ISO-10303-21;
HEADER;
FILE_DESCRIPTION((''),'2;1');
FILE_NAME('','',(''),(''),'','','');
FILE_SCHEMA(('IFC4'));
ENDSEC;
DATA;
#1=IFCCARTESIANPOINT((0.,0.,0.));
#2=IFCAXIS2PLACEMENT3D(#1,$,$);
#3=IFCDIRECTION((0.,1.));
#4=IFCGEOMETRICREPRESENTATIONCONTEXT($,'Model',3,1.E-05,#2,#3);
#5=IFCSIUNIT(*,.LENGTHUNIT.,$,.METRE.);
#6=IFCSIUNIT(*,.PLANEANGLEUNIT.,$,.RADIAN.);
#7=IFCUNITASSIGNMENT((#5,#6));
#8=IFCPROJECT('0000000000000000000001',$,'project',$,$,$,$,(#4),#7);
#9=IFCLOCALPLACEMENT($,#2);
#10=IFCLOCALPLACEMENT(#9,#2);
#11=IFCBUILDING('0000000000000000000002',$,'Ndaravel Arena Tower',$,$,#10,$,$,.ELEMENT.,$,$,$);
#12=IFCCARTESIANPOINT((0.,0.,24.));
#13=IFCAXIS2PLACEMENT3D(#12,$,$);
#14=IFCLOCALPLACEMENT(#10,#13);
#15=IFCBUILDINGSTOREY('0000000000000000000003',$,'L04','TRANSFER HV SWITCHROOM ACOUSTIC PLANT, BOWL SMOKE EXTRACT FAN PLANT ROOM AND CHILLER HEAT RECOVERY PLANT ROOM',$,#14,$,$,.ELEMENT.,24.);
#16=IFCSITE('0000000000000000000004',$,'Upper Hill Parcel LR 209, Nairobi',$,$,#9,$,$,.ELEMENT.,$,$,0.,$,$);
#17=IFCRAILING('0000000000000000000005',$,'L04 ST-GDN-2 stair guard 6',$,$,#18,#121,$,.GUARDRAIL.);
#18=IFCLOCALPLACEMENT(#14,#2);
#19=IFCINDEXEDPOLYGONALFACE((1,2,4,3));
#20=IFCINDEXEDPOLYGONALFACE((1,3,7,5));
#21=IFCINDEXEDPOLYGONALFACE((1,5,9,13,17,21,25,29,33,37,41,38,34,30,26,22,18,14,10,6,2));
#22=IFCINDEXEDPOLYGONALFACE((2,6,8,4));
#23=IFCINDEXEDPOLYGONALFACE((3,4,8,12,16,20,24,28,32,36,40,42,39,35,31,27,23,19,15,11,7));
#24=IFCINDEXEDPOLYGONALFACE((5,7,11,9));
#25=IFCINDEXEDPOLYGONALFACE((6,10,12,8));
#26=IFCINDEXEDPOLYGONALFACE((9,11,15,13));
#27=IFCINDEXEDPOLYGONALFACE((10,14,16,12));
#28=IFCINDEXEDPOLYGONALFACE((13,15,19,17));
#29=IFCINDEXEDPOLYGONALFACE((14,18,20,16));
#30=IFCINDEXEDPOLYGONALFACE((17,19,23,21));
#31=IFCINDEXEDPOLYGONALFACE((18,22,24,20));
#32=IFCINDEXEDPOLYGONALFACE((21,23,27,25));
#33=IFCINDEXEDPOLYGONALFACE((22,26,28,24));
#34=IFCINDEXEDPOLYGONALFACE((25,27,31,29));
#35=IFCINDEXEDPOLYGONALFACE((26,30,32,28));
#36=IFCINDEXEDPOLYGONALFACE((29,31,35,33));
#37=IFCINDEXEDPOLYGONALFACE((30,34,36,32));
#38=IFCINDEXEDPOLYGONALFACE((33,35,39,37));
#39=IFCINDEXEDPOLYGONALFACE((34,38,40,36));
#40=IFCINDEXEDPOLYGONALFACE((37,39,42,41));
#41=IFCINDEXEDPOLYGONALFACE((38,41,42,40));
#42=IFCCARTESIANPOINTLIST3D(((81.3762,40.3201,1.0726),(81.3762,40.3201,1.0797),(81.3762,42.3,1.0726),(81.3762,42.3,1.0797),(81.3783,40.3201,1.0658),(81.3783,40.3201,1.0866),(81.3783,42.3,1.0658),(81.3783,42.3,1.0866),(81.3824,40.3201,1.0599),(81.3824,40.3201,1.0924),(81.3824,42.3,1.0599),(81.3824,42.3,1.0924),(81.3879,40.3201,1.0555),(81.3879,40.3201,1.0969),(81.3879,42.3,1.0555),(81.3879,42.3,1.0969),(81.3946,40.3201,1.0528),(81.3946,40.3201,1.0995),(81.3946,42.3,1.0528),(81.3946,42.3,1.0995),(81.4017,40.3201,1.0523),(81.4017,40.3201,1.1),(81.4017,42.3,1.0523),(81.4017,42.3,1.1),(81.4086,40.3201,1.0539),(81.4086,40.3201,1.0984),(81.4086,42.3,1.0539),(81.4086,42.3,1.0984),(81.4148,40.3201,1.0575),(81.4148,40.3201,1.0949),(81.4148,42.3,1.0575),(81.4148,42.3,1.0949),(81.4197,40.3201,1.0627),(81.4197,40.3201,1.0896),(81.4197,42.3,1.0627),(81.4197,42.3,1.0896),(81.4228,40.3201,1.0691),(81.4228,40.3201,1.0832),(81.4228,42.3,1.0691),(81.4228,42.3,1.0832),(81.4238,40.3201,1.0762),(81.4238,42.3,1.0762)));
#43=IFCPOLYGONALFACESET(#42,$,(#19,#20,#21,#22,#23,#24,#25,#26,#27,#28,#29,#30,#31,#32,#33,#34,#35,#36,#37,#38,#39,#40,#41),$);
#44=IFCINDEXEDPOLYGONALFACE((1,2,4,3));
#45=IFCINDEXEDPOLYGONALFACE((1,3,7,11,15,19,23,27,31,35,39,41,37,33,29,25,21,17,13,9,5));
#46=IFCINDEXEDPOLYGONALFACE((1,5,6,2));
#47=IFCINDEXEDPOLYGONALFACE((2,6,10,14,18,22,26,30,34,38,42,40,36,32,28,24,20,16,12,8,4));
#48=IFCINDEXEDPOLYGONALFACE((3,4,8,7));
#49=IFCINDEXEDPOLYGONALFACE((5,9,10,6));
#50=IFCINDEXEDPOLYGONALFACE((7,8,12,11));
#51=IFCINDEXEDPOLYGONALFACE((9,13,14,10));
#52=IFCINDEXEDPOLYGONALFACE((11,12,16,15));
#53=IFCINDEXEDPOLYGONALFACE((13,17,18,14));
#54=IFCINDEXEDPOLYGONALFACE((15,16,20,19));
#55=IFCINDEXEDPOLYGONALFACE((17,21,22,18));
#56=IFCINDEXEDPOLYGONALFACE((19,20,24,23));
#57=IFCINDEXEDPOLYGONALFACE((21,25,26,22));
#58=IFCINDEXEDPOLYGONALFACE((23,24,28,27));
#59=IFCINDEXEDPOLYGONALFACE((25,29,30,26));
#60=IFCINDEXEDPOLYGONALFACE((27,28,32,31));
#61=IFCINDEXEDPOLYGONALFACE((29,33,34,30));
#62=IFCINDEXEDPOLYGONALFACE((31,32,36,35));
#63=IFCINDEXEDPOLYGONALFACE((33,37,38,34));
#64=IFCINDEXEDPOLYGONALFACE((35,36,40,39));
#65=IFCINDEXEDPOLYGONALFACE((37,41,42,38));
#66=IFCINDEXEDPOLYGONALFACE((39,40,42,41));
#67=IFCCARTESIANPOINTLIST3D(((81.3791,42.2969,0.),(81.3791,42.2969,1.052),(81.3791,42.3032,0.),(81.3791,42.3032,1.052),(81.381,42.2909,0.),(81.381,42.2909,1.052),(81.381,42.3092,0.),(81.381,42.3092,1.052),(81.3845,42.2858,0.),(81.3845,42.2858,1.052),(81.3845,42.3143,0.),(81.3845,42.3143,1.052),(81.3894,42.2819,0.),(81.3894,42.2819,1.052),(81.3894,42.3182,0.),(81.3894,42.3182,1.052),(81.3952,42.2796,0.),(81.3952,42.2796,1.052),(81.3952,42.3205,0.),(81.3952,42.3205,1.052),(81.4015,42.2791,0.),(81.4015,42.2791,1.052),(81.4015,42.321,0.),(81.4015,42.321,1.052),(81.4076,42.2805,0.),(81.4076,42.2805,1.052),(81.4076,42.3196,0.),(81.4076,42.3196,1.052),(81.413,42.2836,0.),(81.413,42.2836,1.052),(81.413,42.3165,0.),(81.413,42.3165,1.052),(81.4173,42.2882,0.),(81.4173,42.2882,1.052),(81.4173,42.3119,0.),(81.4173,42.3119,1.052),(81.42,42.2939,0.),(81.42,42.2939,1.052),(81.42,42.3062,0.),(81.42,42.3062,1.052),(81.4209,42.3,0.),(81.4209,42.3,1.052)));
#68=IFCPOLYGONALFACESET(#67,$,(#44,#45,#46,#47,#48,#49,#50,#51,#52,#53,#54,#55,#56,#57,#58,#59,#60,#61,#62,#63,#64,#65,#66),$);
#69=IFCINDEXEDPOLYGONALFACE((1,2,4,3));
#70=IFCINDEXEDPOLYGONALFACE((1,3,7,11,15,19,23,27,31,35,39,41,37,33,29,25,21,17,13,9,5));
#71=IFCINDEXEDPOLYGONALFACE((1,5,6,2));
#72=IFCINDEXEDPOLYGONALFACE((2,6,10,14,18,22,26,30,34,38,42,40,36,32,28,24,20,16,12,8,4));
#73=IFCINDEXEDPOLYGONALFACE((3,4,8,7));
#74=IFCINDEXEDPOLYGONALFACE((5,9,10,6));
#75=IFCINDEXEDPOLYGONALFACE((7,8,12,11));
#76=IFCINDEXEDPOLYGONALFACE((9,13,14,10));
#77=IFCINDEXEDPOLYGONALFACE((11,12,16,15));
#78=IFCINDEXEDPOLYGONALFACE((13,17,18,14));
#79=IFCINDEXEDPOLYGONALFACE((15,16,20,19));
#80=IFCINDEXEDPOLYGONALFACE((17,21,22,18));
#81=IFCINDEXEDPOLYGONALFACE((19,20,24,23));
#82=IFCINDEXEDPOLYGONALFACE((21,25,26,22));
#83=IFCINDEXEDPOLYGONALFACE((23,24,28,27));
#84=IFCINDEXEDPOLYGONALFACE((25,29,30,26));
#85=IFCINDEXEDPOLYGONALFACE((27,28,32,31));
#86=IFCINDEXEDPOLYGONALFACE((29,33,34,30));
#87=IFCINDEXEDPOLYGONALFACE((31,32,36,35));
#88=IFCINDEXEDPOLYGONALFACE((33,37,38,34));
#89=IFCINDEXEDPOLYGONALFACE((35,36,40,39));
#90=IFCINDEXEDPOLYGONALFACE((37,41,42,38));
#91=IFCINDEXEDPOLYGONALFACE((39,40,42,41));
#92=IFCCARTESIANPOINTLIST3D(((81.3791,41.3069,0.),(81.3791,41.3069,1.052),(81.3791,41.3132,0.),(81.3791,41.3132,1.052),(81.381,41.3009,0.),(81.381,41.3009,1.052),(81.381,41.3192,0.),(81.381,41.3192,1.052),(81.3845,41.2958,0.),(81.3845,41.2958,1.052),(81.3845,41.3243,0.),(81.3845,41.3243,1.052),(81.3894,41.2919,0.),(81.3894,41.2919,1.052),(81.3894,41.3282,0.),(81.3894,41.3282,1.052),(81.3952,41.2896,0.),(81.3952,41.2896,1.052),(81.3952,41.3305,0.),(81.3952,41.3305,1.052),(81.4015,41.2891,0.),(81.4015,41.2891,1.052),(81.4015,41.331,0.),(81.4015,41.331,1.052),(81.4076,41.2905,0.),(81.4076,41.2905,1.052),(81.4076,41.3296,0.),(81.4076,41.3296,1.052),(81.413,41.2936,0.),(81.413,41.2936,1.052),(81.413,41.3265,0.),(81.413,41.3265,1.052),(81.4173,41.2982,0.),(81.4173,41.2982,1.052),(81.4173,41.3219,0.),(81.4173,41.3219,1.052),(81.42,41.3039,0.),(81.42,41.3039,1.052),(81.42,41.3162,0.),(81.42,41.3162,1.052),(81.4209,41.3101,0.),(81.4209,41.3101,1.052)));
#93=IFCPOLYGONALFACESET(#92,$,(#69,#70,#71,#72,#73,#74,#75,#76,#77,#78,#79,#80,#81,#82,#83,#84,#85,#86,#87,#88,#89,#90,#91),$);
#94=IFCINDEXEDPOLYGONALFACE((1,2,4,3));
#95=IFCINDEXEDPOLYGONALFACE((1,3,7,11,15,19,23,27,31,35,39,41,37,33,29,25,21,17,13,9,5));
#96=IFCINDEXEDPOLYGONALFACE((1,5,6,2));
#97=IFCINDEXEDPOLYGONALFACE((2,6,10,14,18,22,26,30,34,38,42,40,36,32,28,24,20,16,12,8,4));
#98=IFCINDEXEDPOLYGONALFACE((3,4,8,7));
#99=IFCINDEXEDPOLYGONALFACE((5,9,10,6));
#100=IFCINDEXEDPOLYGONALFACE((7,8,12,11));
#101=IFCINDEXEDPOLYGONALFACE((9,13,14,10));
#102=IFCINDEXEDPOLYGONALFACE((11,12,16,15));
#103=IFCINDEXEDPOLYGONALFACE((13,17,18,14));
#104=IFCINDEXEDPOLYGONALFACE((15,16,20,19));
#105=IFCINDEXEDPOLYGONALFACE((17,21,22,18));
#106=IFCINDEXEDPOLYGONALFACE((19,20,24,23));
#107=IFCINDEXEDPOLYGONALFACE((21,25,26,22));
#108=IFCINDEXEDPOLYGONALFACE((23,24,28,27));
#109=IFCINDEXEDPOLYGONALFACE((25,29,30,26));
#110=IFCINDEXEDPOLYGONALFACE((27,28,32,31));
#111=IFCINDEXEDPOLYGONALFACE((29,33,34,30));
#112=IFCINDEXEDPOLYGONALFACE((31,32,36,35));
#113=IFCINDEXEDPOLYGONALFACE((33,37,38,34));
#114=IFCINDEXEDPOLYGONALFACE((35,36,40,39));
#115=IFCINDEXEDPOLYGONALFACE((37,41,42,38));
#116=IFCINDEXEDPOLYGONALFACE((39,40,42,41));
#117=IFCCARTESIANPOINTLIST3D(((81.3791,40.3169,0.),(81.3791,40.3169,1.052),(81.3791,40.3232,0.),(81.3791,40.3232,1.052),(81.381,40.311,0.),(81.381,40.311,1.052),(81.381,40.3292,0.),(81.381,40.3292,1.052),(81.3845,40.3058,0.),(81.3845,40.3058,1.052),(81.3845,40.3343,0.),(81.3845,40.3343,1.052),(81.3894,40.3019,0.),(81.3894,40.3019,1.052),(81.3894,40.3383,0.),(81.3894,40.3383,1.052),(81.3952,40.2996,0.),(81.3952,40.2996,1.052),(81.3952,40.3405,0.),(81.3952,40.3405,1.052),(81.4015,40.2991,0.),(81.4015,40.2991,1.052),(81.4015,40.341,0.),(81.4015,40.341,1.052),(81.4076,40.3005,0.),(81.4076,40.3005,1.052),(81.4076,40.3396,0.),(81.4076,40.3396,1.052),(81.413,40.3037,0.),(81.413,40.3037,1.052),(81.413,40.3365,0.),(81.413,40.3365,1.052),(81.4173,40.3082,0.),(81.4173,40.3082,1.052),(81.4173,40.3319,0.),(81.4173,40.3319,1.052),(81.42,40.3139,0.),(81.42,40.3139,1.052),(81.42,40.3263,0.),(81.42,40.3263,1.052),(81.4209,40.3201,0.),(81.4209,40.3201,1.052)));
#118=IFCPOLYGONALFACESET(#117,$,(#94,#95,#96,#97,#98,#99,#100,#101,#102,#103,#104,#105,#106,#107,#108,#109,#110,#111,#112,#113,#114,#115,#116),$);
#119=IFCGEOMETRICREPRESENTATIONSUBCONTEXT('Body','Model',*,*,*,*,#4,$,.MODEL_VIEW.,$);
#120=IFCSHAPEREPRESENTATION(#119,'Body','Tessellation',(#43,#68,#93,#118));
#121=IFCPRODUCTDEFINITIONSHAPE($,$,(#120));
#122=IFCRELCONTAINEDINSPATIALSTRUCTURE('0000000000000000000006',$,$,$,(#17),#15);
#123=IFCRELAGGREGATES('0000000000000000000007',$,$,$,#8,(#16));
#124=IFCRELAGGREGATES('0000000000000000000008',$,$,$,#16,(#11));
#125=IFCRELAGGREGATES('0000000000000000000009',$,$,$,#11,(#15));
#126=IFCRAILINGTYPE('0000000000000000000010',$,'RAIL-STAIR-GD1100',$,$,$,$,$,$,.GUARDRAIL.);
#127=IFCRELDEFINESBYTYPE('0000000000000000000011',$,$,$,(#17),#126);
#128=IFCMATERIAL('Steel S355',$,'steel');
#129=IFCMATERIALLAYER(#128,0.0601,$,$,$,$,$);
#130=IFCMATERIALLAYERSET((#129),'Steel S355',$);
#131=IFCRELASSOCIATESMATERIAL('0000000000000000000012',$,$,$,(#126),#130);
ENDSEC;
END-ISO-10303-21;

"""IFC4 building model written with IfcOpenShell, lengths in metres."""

from ifc_helpers import new_model, si_unit, direction, frame, origin, origin_2d, place, context, subcontext, project, spatial, circle, extrude, material, layer, layer_set, type_object, element, save


model = new_model("IFC4")

# Units and contexts
model_context = context("Model", 3, precision=1e-05, world=origin(), true_north=direction((0.0, 1.0)))
body_context = subcontext(model_context, "Body", "Model", "MODEL_VIEW")
ifc_project = project(units=[si_unit("LENGTHUNIT", "METRE"), si_unit("PLANEANGLEUNIT", "RADIAN")], contexts=[model_context])

# Site, building, storey
site_placement = place(None, origin())
site = spatial("IfcSite", under=ifc_project, at=site_placement, Name="Upper Hill Parcel LR 209, Nairobi", CompositionType="ELEMENT", RefElevation=0.0)
building_placement = place(site_placement, origin())
building = spatial("IfcBuilding", under=site, at=building_placement, Name="Ndaravel Arena Tower", CompositionType="ELEMENT")
storey_placement = place(building_placement, frame((0.0, 0.0, 24.0)))
storey = spatial("IfcBuildingStorey", under=building, at=storey_placement, Name="L04", Description="TRANSFER HV SWITCHROOM ACOUSTIC PLANT, BOWL SMOKE EXTRACT FAN PLANT ROOM AND CHILLER HEAT RECOVERY PLANT ROOM", CompositionType="ELEMENT", Elevation=24.0)

# Railing
ifc_material_1 = material(Name="Steel S355", Category="steel")
ifc_layer_1 = layer(ifc_material_1, 0.0601)
ifc_layer_set_1 = layer_set([ifc_layer_1], Name="Steel S355")
railing_type_1 = type_object("IfcRailingType", Name="RAIL-STAIR-GD1100", PredefinedType="GUARDRAIL", material=ifc_layer_set_1)
for number, where, name in (
    (1, (81.3999, 42.3, 0.0), "L04 ST-GDN-2 stair guard 6"),
):
    element("IfcRailing", number, at=place(storey_placement, frame(where)), inside=storey, type_object=railing_type_1, Name=name, PredefinedType="GUARDRAIL", context=body_context, shape_type="SweptSolid", body=[
        extrude(circle(Radius=0.0239, at=origin_2d()), frame((0.0, 0.0, 1.0762), z_axis=(0.0, -1.0, 0.0), x_axis=(1.0, 0.0, 0.0)), (0.0, 0.0, 1.0), 1.98),
        extrude(circle(Radius=0.021, at=origin_2d()), origin(), (0.0, 0.0, 1.0), 1.052),
        extrude(circle(Radius=0.021, at=origin_2d()), frame((0.0, -0.99, 0.0)), (0.0, 0.0, 1.0), 1.052),
        extrude(circle(Radius=0.021, at=origin_2d()), frame((0.0, -1.98, 0.0)), (0.0, 0.0, 1.0), 1.052),
    ])

save(model, "model.ifc")
